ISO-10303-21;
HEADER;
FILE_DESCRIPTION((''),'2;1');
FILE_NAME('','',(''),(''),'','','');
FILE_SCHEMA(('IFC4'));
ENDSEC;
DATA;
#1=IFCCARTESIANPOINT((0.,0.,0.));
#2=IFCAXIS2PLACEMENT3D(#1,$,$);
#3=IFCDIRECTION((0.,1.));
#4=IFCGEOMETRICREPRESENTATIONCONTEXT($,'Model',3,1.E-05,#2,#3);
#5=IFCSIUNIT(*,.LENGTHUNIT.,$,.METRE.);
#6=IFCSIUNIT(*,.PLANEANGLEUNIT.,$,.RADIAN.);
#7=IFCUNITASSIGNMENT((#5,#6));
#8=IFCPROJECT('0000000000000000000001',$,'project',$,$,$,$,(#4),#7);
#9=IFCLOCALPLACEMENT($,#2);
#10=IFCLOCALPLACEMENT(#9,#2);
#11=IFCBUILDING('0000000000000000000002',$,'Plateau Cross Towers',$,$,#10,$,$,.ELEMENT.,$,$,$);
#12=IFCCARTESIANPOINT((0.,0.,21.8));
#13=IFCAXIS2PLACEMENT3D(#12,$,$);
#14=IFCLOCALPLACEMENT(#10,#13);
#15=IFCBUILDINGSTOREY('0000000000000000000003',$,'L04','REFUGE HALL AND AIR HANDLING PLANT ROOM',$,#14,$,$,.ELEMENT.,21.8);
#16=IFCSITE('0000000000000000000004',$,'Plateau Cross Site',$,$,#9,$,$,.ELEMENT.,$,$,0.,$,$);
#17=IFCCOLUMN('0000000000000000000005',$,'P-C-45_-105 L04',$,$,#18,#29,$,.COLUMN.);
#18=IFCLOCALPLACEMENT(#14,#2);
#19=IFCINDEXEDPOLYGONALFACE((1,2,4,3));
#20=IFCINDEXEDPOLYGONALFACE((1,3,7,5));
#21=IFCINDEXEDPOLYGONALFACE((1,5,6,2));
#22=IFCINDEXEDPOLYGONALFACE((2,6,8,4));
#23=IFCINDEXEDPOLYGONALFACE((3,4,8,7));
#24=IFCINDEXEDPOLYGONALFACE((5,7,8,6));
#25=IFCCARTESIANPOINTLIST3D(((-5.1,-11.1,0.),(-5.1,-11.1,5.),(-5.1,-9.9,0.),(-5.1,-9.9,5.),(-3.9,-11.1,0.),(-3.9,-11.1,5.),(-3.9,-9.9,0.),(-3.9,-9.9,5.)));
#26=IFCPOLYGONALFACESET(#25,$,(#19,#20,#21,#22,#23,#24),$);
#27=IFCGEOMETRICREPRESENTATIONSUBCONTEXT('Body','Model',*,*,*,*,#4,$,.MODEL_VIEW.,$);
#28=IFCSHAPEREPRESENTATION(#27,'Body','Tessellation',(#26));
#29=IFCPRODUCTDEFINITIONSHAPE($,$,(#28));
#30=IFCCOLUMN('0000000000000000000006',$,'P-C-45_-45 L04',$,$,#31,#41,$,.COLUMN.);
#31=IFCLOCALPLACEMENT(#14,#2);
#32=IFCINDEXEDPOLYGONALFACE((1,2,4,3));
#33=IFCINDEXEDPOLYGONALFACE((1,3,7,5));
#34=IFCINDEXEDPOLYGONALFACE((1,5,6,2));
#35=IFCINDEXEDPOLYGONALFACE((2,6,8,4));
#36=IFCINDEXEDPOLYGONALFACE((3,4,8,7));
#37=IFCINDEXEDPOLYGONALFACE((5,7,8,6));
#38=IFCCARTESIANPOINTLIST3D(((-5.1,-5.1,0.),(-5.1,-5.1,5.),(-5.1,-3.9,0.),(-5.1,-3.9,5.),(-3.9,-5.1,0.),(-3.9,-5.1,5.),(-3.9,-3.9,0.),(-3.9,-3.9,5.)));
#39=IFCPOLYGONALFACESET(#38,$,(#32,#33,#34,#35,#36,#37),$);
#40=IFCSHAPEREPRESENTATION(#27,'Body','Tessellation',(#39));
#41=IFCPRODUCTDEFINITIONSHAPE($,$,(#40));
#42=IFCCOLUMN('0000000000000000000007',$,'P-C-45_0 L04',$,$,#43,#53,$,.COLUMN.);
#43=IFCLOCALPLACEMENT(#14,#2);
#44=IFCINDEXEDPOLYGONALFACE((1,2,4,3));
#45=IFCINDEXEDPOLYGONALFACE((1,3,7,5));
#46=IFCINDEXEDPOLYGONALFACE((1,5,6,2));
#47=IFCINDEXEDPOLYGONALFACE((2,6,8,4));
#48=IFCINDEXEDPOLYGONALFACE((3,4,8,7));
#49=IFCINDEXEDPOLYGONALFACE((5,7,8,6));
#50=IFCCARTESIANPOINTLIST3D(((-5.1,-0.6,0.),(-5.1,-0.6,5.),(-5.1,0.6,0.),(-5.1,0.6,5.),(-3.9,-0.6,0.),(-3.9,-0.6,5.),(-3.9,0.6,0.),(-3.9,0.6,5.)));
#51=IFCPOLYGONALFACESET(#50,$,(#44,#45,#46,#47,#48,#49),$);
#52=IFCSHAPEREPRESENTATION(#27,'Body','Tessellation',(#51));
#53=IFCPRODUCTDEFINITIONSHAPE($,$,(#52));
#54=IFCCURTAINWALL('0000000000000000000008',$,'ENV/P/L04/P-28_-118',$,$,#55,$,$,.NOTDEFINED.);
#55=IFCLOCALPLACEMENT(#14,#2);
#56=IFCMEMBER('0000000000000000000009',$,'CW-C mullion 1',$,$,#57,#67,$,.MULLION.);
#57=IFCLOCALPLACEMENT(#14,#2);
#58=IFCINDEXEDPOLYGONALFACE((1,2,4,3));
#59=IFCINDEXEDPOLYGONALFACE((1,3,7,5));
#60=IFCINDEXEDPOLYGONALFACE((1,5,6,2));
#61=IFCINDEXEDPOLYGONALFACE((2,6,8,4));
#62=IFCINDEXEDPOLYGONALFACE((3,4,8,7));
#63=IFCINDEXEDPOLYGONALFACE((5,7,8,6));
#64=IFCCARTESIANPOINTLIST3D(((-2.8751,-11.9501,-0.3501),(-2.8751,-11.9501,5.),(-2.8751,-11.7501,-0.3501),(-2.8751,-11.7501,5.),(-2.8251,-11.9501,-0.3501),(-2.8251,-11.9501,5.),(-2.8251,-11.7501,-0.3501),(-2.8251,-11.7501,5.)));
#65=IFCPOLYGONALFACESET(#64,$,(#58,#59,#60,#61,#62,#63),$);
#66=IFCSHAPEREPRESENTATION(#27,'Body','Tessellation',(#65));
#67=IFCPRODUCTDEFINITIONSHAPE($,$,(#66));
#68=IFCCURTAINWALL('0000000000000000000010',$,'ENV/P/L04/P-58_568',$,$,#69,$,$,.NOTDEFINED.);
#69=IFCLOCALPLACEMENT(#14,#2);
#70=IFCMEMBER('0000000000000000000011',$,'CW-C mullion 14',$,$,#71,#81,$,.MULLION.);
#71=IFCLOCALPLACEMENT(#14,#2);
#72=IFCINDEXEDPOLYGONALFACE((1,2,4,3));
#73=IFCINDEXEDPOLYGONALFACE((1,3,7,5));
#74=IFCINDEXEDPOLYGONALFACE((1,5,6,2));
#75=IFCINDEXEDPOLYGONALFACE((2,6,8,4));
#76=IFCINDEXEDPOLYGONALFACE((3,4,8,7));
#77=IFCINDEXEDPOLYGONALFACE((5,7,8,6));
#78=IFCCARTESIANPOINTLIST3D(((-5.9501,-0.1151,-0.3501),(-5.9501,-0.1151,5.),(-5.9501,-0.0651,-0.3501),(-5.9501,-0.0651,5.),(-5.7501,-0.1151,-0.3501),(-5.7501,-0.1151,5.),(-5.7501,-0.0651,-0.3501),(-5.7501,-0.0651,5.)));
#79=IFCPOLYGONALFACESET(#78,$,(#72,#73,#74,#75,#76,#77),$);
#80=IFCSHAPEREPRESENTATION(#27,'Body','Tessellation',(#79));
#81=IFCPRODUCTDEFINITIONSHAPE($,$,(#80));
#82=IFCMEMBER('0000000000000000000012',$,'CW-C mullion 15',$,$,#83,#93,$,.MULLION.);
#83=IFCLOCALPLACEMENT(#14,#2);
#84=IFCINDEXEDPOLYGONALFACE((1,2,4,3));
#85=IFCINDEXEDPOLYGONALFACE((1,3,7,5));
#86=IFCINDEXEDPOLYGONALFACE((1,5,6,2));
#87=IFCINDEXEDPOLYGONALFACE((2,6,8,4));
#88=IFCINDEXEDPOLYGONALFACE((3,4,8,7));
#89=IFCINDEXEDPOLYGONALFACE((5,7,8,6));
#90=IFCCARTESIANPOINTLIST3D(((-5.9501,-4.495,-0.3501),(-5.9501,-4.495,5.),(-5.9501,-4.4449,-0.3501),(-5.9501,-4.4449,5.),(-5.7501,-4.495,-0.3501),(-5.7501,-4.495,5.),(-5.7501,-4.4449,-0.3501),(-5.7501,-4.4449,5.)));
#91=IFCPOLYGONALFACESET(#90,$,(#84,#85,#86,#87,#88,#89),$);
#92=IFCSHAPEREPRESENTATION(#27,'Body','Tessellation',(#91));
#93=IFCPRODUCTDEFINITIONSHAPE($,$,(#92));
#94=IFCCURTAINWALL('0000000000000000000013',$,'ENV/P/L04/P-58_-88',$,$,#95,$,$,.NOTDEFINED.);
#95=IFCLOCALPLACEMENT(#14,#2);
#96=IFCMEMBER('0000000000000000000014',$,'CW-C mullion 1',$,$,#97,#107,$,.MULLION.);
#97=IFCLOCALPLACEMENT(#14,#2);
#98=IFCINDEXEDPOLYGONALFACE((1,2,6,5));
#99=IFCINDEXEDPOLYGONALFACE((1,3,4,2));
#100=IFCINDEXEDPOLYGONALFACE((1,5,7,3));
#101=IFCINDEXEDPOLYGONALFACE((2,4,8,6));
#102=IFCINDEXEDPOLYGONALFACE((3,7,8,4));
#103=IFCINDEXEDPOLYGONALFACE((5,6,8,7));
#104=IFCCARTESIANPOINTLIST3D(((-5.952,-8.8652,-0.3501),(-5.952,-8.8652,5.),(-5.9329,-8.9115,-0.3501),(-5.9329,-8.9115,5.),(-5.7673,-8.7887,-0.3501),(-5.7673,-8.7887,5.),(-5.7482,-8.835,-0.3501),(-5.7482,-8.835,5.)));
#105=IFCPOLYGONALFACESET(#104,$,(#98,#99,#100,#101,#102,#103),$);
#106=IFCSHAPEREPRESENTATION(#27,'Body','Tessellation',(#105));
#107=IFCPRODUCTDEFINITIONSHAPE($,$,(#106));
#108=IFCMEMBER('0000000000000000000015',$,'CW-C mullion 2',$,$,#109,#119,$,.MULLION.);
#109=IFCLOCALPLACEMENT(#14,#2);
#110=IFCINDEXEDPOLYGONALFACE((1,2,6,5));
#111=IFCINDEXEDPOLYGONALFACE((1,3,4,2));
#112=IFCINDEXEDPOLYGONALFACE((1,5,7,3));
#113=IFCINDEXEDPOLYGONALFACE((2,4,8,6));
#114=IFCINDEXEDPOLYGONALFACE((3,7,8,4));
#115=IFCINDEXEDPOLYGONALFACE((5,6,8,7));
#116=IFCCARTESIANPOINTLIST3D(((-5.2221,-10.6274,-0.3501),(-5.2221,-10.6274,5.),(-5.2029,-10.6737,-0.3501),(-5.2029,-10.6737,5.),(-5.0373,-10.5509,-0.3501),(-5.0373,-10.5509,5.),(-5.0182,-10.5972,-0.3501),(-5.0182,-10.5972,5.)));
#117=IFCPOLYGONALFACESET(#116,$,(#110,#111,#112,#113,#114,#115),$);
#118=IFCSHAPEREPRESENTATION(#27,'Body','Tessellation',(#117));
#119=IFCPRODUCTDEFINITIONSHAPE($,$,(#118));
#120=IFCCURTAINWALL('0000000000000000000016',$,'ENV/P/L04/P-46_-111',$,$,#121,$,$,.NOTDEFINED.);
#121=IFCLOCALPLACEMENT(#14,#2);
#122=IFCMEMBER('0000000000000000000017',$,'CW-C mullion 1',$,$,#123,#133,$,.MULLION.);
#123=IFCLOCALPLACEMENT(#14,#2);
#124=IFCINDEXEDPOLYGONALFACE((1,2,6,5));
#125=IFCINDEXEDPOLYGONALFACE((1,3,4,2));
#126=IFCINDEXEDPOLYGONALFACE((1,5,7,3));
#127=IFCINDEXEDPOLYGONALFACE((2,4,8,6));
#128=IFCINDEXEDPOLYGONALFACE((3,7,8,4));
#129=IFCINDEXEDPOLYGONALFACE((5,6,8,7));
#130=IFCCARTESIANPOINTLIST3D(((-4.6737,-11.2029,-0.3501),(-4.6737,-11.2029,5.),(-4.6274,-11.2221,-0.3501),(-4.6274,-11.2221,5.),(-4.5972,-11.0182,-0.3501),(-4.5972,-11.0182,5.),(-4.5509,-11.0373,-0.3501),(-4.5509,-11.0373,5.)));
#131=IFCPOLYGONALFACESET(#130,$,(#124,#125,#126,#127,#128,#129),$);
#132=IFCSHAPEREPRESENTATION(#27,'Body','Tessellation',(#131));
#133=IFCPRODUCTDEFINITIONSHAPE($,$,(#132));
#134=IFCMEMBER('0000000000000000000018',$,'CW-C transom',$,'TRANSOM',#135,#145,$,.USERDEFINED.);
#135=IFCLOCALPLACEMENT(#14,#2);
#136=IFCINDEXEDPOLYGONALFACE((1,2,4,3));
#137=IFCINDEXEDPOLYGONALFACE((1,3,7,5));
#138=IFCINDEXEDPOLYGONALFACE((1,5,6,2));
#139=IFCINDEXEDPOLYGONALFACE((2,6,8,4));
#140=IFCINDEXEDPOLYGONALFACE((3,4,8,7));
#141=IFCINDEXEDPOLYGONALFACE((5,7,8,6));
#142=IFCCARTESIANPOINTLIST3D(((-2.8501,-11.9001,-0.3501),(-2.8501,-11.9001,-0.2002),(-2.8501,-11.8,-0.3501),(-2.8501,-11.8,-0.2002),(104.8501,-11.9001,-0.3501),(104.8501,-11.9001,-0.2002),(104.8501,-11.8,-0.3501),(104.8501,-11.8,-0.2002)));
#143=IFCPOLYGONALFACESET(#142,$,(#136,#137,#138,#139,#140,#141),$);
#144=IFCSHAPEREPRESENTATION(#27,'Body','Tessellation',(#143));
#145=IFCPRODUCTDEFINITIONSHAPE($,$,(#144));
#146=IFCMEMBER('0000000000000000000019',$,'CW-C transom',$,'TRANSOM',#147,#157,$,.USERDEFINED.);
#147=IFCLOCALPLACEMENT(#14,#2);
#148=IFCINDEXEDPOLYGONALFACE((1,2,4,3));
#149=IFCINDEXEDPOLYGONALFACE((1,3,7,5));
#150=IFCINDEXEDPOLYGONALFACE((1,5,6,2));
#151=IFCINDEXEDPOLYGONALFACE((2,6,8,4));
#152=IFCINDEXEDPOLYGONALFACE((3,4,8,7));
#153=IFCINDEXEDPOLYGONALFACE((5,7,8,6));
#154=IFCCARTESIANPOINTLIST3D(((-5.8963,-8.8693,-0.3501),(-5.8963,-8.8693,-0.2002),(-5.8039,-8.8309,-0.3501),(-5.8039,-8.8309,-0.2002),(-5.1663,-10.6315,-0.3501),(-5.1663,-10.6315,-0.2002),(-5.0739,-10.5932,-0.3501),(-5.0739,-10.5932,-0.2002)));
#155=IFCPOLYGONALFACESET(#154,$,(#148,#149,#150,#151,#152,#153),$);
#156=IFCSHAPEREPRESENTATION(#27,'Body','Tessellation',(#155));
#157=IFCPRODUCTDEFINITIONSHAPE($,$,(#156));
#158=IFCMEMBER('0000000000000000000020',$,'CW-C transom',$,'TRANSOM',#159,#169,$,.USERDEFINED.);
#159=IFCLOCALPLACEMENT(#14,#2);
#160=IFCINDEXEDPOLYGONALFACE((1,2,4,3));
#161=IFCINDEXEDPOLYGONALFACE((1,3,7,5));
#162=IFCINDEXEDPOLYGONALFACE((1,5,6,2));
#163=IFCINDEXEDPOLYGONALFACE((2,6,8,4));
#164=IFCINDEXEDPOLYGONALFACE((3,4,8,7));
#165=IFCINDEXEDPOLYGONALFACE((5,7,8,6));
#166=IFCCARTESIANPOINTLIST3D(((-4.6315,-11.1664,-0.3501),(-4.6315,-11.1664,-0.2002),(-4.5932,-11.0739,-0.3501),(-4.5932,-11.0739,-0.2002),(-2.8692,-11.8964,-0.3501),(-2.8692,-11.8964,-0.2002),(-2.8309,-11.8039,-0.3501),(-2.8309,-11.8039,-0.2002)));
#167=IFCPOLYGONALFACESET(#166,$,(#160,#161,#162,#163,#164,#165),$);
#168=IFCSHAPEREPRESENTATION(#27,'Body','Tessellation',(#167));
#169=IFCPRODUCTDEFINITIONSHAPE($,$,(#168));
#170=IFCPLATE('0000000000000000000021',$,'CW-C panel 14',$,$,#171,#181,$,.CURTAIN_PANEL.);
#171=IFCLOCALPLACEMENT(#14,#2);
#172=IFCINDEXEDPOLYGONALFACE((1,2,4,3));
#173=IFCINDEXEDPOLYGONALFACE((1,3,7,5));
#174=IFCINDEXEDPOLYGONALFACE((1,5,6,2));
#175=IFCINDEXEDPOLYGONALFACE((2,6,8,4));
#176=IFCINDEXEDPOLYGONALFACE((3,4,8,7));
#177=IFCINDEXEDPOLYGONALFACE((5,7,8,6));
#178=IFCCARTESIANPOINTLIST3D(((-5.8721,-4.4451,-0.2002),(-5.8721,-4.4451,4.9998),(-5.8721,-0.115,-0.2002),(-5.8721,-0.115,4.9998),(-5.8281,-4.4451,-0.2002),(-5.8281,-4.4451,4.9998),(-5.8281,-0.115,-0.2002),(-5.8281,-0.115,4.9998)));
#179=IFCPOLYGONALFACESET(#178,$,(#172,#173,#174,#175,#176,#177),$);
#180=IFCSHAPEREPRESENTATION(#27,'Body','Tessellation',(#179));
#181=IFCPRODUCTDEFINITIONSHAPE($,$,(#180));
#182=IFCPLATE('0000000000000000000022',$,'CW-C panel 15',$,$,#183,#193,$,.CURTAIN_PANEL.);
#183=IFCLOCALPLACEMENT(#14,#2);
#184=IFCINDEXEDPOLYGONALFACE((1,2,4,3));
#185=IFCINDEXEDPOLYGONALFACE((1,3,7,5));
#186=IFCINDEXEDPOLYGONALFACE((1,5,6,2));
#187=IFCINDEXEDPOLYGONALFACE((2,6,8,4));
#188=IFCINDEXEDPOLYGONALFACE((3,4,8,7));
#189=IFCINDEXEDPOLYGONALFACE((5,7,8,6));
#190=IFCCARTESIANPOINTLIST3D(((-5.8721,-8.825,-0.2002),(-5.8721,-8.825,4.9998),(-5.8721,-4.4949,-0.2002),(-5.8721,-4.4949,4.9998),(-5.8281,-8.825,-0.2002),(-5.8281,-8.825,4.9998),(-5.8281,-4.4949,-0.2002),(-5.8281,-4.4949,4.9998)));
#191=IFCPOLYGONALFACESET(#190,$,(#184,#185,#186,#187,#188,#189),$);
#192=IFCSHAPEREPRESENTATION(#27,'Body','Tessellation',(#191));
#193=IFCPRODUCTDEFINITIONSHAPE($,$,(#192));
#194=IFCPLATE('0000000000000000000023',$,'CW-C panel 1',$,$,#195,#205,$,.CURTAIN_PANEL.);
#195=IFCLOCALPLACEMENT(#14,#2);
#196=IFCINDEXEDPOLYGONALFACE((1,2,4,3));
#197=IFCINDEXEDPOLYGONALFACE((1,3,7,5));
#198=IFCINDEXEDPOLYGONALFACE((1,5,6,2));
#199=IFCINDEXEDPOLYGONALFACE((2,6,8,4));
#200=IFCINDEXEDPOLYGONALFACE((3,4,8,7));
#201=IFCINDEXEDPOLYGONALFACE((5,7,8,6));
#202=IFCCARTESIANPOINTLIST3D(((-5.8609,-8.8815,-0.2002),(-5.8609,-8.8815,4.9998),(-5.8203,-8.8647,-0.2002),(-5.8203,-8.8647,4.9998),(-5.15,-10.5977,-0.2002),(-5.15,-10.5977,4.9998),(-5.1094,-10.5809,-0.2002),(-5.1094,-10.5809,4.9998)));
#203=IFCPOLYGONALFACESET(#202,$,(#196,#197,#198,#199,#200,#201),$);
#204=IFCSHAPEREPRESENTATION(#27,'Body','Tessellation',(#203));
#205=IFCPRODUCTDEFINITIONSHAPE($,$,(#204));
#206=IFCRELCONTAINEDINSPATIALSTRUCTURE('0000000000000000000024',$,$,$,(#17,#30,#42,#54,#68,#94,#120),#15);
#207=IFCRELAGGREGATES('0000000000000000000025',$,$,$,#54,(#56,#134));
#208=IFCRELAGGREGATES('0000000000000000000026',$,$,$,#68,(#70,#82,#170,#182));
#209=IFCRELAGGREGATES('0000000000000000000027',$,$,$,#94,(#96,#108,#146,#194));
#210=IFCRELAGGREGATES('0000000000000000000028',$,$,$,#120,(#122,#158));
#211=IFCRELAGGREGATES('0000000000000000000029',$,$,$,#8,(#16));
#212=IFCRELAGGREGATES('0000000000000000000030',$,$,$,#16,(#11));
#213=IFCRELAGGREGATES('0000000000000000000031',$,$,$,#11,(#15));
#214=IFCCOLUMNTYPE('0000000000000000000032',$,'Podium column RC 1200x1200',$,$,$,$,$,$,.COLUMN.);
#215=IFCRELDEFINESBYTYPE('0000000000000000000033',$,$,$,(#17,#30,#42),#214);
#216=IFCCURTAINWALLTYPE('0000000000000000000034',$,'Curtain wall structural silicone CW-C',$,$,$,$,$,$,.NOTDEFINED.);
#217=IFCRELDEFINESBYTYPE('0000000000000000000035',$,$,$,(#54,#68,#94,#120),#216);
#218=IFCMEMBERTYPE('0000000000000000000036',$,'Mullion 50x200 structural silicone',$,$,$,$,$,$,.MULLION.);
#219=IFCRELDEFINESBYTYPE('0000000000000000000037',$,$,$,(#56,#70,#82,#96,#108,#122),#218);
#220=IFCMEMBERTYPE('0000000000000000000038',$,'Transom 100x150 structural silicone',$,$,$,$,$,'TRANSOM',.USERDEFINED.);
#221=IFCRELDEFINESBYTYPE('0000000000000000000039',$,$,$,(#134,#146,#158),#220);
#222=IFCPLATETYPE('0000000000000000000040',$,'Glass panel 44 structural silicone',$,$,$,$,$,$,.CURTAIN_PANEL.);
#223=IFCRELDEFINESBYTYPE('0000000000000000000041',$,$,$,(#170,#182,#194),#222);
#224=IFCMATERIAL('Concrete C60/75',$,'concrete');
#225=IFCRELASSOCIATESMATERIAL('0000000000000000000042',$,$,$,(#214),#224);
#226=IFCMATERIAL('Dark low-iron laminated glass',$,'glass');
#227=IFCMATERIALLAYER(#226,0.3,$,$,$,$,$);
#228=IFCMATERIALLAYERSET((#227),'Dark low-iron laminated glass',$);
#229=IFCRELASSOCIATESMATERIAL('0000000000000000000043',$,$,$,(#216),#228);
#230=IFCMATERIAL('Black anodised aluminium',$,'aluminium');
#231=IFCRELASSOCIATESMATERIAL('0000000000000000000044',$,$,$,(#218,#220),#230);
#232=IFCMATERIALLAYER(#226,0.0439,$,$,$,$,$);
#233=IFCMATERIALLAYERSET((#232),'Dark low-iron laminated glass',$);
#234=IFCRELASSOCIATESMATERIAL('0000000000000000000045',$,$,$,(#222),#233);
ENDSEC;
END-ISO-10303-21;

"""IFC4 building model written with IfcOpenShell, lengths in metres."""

from ifc_helpers import new_model, si_unit, direction, frame, origin, origin_2d, place, context, subcontext, project, spatial, rectangle, extrude, material, layer, layer_set, material_profile, profile_set, type_object, element, aggregate, save


model = new_model("IFC4")

# Units and contexts
model_context = context("Model", 3, precision=1e-05, world=origin(), true_north=direction((0.0, 1.0)))
body_context = subcontext(model_context, "Body", "Model", "MODEL_VIEW")
ifc_project = project(units=[si_unit("LENGTHUNIT", "METRE"), si_unit("PLANEANGLEUNIT", "RADIAN")], contexts=[model_context])

# Site, building, storey
site_placement = place(None, origin())
site = spatial("IfcSite", under=ifc_project, at=site_placement, Name="Plateau Cross Site", CompositionType="ELEMENT", RefElevation=0.0)
building_placement = place(site_placement, origin())
building = spatial("IfcBuilding", under=site, at=building_placement, Name="Plateau Cross Towers", CompositionType="ELEMENT")
storey_placement = place(building_placement, frame((0.0, 0.0, 21.8)))
storey = spatial("IfcBuildingStorey", under=building, at=storey_placement, Name="L04", Description="REFUGE HALL AND AIR HANDLING PLANT ROOM", CompositionType="ELEMENT", Elevation=21.8)

# Columns
ifc_material_1 = material(Name="Concrete C60/75", Category="concrete")
ifc_material_profile_1 = material_profile(ifc_material_1, rectangle(XDim=1.2, YDim=1.2, at=origin_2d()), Name="RC 1200x1200")
ifc_profile_set_1 = profile_set([ifc_material_profile_1], Name="Concrete C60/75")
column_type = type_object("IfcColumnType", Name="Podium column RC 1200x1200", PredefinedType="COLUMN", material=ifc_profile_set_1)
for number, where, z_axis, x_axis, name in (
    (1, (-4.5, -10.5, 0.0), (0.0, 0.0, 1.0), (1.0, 0.0, 0.0), "P-C-45_-105 L04"),
    (2, (-4.5, -4.5, 0.0), (0.0, 0.0, 1.0), (1.0, 0.0, 0.0), "P-C-45_-45 L04"),
    (3, (-4.5, 0.0, 0.0), (0.0, 0.0, 1.0), (1.0, 0.0, 0.0), "P-C-45_0 L04"),
):
    element("IfcColumn", number, at=place(storey_placement, frame(where, z_axis=z_axis, x_axis=x_axis)), inside=storey, type_object=column_type, Name=name, PredefinedType="COLUMN", context=body_context, shape_type="SweptSolid", body=[
        extrude(rectangle(XDim=1.2, YDim=1.2, at=origin_2d()), origin(), (0.0, 0.0, 1.0), 5.0),
    ])

# Curtain wall, member
ifc_material_2 = material(Name="Dark low-iron laminated glass", Category="glass")
ifc_layer_1 = layer(ifc_material_2, 0.3)
ifc_layer_set_1 = layer_set([ifc_layer_1], Name="Dark low-iron laminated glass")
curtain_wall_type = type_object("IfcCurtainWallType", Name="Curtain wall structural silicone CW-C", PredefinedType="NOTDEFINED", material=ifc_layer_set_1)
curtain_wall_1_placement = place(storey_placement, origin())
curtain_wall_1 = element("IfcCurtainWall", 4, at=curtain_wall_1_placement, inside=storey, type_object=curtain_wall_type, Name="ENV/P/L04/P-28_-118", PredefinedType="NOTDEFINED")
ifc_material_3 = material(Name="Black anodised aluminium", Category="aluminium")
ifc_material_profile_2 = material_profile(ifc_material_3, rectangle(XDim=0.05, YDim=0.2, at=origin_2d()), Name="MULLION 50x200")
ifc_profile_set_2 = profile_set([ifc_material_profile_2], Name="Black anodised aluminium")
member_type_1 = type_object("IfcMemberType", Name="Mullion 50x200 structural silicone", PredefinedType="MULLION", material=ifc_profile_set_2)
member_1_placement = place(storey_placement, frame((-2.8501, -11.8501, -0.3501), z_axis=(0.0, 0.0, 1.0), x_axis=(1.0, 0.0, 0.0)))
member_1 = element("IfcMember", 5, at=member_1_placement, type_object=member_type_1, Name="CW-C mullion 1", PredefinedType="MULLION", context=body_context, shape_type="SweptSolid", body=[
    extrude(rectangle(XDim=0.05, YDim=0.2, at=origin_2d()), origin(), (0.0, 0.0, 1.0), 5.3501),
])

# Curtain walls, members
curtain_wall_2_placement = place(storey_placement, origin())
curtain_wall_2 = element("IfcCurtainWall", 6, at=curtain_wall_2_placement, inside=storey, type_object=curtain_wall_type, Name="ENV/P/L04/P-58_568", PredefinedType="NOTDEFINED")
member_2_placement = place(storey_placement, frame((-5.8501, -0.0901, -0.3501), z_axis=(0.0, 0.0, 1.0), x_axis=(0.0, -1.0, 0.0)))
member_2 = element("IfcMember", 7, at=member_2_placement, type_object=member_type_1, Name="CW-C mullion 14", PredefinedType="MULLION", context=body_context, shape_type="SweptSolid", body=[
    extrude(rectangle(XDim=0.05, YDim=0.2, at=origin_2d()), origin(), (0.0, 0.0, 1.0), 5.3501),
])
member_3_placement = place(storey_placement, frame((-5.8501, -4.47, -0.3501), z_axis=(0.0, 0.0, 1.0), x_axis=(0.0, -1.0, 0.0)))
member_3 = element("IfcMember", 8, at=member_3_placement, type_object=member_type_1, Name="CW-C mullion 15", PredefinedType="MULLION", context=body_context, shape_type="SweptSolid", body=[
    extrude(rectangle(XDim=0.05, YDim=0.2, at=origin_2d()), origin(), (0.0, 0.0, 1.0), 5.3501),
])
curtain_wall_3_placement = place(storey_placement, origin())
curtain_wall_3 = element("IfcCurtainWall", 9, at=curtain_wall_3_placement, inside=storey, type_object=curtain_wall_type, Name="ENV/P/L04/P-58_-88", PredefinedType="NOTDEFINED")
member_4_placement = place(storey_placement, frame((-5.8501, -8.8501, -0.3501), z_axis=(0.0, 0.0, 1.0), x_axis=(0.382684, -0.923879, 0.0)))
member_4 = element("IfcMember", 10, at=member_4_placement, type_object=member_type_1, Name="CW-C mullion 1", PredefinedType="MULLION", context=body_context, shape_type="SweptSolid", body=[
    extrude(rectangle(XDim=0.05, YDim=0.2, at=origin_2d()), origin(), (0.0, 0.0, 1.0), 5.3501),
])
member_5_placement = place(storey_placement, frame((-5.1201, -10.6123, -0.3501), z_axis=(0.0, 0.0, 1.0), x_axis=(0.382684, -0.923879, 0.0)))
member_5 = element("IfcMember", 11, at=member_5_placement, type_object=member_type_1, Name="CW-C mullion 2", PredefinedType="MULLION", context=body_context, shape_type="SweptSolid", body=[
    extrude(rectangle(XDim=0.05, YDim=0.2, at=origin_2d()), origin(), (0.0, 0.0, 1.0), 5.3501),
])

# Curtain wall, member
curtain_wall_4_placement = place(storey_placement, origin())
curtain_wall_4 = element("IfcCurtainWall", 12, at=curtain_wall_4_placement, inside=storey, type_object=curtain_wall_type, Name="ENV/P/L04/P-46_-111", PredefinedType="NOTDEFINED")
member_6_placement = place(storey_placement, frame((-4.6123, -11.1201, -0.3501), z_axis=(0.0, 0.0, 1.0), x_axis=(0.923879, -0.382684, 0.0)))
member_6 = element("IfcMember", 13, at=member_6_placement, type_object=member_type_1, Name="CW-C mullion 1", PredefinedType="MULLION", context=body_context, shape_type="SweptSolid", body=[
    extrude(rectangle(XDim=0.05, YDim=0.2, at=origin_2d()), origin(), (0.0, 0.0, 1.0), 5.3501),
])

# Members
ifc_material_profile_3 = material_profile(ifc_material_3, rectangle(XDim=0.1001, YDim=0.1499, at=origin_2d()), Name="TRANSOM 100x150")
ifc_profile_set_3 = profile_set([ifc_material_profile_3], Name="Black anodised aluminium")
member_type_2 = type_object("IfcMemberType", Name="Transom 100x150 structural silicone", ElementType="TRANSOM", PredefinedType="USERDEFINED", material=ifc_profile_set_3)
member_7_placement = place(storey_placement, frame((-2.8501, -11.8501, -0.2751), z_axis=(1.0, 0.0, 0.0), x_axis=(0.0, 1.0, 0.0)))
member_7 = element("IfcMember", 14, at=member_7_placement, type_object=member_type_2, Name="CW-C transom", ObjectType="TRANSOM", PredefinedType="USERDEFINED", context=body_context, shape_type="SweptSolid", body=[
    extrude(rectangle(XDim=0.1001, YDim=0.1499, at=origin_2d()), origin(), (0.0, 0.0, 1.0), 107.7002),
])
aggregate(curtain_wall_1, [member_1, member_7])
member_8_placement = place(storey_placement, frame((-5.8501, -8.8501, -0.2751), z_axis=(0.382706, -0.92387, 0.0), x_axis=(0.92387, 0.382706, 0.0)))
member_8 = element("IfcMember", 15, at=member_8_placement, type_object=member_type_2, Name="CW-C transom", ObjectType="TRANSOM", PredefinedType="USERDEFINED", context=body_context, shape_type="SweptSolid", body=[
    extrude(rectangle(XDim=0.1001, YDim=0.1499, at=origin_2d()), origin(), (0.0, 0.0, 1.0), 1.9075),
])
member_9_placement = place(storey_placement, frame((-4.6123, -11.1201, -0.2751), z_axis=(0.92387, -0.382706, 0.0), x_axis=(0.382706, 0.92387, 0.0)))
member_9 = element("IfcMember", 16, at=member_9_placement, type_object=member_type_2, Name="CW-C transom", ObjectType="TRANSOM", PredefinedType="USERDEFINED", context=body_context, shape_type="SweptSolid", body=[
    extrude(rectangle(XDim=0.1001, YDim=0.1499, at=origin_2d()), origin(), (0.0, 0.0, 1.0), 1.9075),
])

# Plates
ifc_layer_2 = layer(ifc_material_2, 0.0439)
ifc_layer_set_2 = layer_set([ifc_layer_2], Name="Dark low-iron laminated glass")
plate_type = type_object("IfcPlateType", Name="Glass panel 44 structural silicone", PredefinedType="CURTAIN_PANEL", material=ifc_layer_set_2)
plate_1_placement = place(storey_placement, frame((-5.8501, -2.28, -0.2002), z_axis=(0.0, 0.0, 1.0), x_axis=(0.0, -1.0, 0.0)))
plate_1 = element("IfcPlate", 17, at=plate_1_placement, type_object=plate_type, Name="CW-C panel 14", PredefinedType="CURTAIN_PANEL", context=body_context, shape_type="SweptSolid", body=[
    extrude(rectangle(XDim=4.3301, YDim=0.0439, at=origin_2d()), origin(), (0.0, 0.0, 1.0), 5.2),
])
plate_2_placement = place(storey_placement, frame((-5.8501, -6.6599, -0.2002), z_axis=(0.0, 0.0, 1.0), x_axis=(0.0, -1.0, 0.0)))
plate_2 = element("IfcPlate", 18, at=plate_2_placement, type_object=plate_type, Name="CW-C panel 15", PredefinedType="CURTAIN_PANEL", context=body_context, shape_type="SweptSolid", body=[
    extrude(rectangle(XDim=4.3301, YDim=0.0439, at=origin_2d()), origin(), (0.0, 0.0, 1.0), 5.2),
])
aggregate(curtain_wall_2, [member_2, member_3, plate_1, plate_2])
plate_3_placement = place(storey_placement, frame((-5.4851, -9.7312, -0.2002), z_axis=(0.0, 0.0, 1.0), x_axis=(0.382684, -0.923879, 0.0)))
plate_3 = element("IfcPlate", 19, at=plate_3_placement, type_object=plate_type, Name="CW-C panel 1", PredefinedType="CURTAIN_PANEL", context=body_context, shape_type="SweptSolid", body=[
    extrude(rectangle(XDim=1.8577, YDim=0.0439, at=origin_2d()), origin(), (0.0, 0.0, 1.0), 5.2),
])
aggregate(curtain_wall_3, [member_4, member_5, member_8, plate_3])
aggregate(curtain_wall_4, [member_6, member_9])

save(model, "model.ifc")
